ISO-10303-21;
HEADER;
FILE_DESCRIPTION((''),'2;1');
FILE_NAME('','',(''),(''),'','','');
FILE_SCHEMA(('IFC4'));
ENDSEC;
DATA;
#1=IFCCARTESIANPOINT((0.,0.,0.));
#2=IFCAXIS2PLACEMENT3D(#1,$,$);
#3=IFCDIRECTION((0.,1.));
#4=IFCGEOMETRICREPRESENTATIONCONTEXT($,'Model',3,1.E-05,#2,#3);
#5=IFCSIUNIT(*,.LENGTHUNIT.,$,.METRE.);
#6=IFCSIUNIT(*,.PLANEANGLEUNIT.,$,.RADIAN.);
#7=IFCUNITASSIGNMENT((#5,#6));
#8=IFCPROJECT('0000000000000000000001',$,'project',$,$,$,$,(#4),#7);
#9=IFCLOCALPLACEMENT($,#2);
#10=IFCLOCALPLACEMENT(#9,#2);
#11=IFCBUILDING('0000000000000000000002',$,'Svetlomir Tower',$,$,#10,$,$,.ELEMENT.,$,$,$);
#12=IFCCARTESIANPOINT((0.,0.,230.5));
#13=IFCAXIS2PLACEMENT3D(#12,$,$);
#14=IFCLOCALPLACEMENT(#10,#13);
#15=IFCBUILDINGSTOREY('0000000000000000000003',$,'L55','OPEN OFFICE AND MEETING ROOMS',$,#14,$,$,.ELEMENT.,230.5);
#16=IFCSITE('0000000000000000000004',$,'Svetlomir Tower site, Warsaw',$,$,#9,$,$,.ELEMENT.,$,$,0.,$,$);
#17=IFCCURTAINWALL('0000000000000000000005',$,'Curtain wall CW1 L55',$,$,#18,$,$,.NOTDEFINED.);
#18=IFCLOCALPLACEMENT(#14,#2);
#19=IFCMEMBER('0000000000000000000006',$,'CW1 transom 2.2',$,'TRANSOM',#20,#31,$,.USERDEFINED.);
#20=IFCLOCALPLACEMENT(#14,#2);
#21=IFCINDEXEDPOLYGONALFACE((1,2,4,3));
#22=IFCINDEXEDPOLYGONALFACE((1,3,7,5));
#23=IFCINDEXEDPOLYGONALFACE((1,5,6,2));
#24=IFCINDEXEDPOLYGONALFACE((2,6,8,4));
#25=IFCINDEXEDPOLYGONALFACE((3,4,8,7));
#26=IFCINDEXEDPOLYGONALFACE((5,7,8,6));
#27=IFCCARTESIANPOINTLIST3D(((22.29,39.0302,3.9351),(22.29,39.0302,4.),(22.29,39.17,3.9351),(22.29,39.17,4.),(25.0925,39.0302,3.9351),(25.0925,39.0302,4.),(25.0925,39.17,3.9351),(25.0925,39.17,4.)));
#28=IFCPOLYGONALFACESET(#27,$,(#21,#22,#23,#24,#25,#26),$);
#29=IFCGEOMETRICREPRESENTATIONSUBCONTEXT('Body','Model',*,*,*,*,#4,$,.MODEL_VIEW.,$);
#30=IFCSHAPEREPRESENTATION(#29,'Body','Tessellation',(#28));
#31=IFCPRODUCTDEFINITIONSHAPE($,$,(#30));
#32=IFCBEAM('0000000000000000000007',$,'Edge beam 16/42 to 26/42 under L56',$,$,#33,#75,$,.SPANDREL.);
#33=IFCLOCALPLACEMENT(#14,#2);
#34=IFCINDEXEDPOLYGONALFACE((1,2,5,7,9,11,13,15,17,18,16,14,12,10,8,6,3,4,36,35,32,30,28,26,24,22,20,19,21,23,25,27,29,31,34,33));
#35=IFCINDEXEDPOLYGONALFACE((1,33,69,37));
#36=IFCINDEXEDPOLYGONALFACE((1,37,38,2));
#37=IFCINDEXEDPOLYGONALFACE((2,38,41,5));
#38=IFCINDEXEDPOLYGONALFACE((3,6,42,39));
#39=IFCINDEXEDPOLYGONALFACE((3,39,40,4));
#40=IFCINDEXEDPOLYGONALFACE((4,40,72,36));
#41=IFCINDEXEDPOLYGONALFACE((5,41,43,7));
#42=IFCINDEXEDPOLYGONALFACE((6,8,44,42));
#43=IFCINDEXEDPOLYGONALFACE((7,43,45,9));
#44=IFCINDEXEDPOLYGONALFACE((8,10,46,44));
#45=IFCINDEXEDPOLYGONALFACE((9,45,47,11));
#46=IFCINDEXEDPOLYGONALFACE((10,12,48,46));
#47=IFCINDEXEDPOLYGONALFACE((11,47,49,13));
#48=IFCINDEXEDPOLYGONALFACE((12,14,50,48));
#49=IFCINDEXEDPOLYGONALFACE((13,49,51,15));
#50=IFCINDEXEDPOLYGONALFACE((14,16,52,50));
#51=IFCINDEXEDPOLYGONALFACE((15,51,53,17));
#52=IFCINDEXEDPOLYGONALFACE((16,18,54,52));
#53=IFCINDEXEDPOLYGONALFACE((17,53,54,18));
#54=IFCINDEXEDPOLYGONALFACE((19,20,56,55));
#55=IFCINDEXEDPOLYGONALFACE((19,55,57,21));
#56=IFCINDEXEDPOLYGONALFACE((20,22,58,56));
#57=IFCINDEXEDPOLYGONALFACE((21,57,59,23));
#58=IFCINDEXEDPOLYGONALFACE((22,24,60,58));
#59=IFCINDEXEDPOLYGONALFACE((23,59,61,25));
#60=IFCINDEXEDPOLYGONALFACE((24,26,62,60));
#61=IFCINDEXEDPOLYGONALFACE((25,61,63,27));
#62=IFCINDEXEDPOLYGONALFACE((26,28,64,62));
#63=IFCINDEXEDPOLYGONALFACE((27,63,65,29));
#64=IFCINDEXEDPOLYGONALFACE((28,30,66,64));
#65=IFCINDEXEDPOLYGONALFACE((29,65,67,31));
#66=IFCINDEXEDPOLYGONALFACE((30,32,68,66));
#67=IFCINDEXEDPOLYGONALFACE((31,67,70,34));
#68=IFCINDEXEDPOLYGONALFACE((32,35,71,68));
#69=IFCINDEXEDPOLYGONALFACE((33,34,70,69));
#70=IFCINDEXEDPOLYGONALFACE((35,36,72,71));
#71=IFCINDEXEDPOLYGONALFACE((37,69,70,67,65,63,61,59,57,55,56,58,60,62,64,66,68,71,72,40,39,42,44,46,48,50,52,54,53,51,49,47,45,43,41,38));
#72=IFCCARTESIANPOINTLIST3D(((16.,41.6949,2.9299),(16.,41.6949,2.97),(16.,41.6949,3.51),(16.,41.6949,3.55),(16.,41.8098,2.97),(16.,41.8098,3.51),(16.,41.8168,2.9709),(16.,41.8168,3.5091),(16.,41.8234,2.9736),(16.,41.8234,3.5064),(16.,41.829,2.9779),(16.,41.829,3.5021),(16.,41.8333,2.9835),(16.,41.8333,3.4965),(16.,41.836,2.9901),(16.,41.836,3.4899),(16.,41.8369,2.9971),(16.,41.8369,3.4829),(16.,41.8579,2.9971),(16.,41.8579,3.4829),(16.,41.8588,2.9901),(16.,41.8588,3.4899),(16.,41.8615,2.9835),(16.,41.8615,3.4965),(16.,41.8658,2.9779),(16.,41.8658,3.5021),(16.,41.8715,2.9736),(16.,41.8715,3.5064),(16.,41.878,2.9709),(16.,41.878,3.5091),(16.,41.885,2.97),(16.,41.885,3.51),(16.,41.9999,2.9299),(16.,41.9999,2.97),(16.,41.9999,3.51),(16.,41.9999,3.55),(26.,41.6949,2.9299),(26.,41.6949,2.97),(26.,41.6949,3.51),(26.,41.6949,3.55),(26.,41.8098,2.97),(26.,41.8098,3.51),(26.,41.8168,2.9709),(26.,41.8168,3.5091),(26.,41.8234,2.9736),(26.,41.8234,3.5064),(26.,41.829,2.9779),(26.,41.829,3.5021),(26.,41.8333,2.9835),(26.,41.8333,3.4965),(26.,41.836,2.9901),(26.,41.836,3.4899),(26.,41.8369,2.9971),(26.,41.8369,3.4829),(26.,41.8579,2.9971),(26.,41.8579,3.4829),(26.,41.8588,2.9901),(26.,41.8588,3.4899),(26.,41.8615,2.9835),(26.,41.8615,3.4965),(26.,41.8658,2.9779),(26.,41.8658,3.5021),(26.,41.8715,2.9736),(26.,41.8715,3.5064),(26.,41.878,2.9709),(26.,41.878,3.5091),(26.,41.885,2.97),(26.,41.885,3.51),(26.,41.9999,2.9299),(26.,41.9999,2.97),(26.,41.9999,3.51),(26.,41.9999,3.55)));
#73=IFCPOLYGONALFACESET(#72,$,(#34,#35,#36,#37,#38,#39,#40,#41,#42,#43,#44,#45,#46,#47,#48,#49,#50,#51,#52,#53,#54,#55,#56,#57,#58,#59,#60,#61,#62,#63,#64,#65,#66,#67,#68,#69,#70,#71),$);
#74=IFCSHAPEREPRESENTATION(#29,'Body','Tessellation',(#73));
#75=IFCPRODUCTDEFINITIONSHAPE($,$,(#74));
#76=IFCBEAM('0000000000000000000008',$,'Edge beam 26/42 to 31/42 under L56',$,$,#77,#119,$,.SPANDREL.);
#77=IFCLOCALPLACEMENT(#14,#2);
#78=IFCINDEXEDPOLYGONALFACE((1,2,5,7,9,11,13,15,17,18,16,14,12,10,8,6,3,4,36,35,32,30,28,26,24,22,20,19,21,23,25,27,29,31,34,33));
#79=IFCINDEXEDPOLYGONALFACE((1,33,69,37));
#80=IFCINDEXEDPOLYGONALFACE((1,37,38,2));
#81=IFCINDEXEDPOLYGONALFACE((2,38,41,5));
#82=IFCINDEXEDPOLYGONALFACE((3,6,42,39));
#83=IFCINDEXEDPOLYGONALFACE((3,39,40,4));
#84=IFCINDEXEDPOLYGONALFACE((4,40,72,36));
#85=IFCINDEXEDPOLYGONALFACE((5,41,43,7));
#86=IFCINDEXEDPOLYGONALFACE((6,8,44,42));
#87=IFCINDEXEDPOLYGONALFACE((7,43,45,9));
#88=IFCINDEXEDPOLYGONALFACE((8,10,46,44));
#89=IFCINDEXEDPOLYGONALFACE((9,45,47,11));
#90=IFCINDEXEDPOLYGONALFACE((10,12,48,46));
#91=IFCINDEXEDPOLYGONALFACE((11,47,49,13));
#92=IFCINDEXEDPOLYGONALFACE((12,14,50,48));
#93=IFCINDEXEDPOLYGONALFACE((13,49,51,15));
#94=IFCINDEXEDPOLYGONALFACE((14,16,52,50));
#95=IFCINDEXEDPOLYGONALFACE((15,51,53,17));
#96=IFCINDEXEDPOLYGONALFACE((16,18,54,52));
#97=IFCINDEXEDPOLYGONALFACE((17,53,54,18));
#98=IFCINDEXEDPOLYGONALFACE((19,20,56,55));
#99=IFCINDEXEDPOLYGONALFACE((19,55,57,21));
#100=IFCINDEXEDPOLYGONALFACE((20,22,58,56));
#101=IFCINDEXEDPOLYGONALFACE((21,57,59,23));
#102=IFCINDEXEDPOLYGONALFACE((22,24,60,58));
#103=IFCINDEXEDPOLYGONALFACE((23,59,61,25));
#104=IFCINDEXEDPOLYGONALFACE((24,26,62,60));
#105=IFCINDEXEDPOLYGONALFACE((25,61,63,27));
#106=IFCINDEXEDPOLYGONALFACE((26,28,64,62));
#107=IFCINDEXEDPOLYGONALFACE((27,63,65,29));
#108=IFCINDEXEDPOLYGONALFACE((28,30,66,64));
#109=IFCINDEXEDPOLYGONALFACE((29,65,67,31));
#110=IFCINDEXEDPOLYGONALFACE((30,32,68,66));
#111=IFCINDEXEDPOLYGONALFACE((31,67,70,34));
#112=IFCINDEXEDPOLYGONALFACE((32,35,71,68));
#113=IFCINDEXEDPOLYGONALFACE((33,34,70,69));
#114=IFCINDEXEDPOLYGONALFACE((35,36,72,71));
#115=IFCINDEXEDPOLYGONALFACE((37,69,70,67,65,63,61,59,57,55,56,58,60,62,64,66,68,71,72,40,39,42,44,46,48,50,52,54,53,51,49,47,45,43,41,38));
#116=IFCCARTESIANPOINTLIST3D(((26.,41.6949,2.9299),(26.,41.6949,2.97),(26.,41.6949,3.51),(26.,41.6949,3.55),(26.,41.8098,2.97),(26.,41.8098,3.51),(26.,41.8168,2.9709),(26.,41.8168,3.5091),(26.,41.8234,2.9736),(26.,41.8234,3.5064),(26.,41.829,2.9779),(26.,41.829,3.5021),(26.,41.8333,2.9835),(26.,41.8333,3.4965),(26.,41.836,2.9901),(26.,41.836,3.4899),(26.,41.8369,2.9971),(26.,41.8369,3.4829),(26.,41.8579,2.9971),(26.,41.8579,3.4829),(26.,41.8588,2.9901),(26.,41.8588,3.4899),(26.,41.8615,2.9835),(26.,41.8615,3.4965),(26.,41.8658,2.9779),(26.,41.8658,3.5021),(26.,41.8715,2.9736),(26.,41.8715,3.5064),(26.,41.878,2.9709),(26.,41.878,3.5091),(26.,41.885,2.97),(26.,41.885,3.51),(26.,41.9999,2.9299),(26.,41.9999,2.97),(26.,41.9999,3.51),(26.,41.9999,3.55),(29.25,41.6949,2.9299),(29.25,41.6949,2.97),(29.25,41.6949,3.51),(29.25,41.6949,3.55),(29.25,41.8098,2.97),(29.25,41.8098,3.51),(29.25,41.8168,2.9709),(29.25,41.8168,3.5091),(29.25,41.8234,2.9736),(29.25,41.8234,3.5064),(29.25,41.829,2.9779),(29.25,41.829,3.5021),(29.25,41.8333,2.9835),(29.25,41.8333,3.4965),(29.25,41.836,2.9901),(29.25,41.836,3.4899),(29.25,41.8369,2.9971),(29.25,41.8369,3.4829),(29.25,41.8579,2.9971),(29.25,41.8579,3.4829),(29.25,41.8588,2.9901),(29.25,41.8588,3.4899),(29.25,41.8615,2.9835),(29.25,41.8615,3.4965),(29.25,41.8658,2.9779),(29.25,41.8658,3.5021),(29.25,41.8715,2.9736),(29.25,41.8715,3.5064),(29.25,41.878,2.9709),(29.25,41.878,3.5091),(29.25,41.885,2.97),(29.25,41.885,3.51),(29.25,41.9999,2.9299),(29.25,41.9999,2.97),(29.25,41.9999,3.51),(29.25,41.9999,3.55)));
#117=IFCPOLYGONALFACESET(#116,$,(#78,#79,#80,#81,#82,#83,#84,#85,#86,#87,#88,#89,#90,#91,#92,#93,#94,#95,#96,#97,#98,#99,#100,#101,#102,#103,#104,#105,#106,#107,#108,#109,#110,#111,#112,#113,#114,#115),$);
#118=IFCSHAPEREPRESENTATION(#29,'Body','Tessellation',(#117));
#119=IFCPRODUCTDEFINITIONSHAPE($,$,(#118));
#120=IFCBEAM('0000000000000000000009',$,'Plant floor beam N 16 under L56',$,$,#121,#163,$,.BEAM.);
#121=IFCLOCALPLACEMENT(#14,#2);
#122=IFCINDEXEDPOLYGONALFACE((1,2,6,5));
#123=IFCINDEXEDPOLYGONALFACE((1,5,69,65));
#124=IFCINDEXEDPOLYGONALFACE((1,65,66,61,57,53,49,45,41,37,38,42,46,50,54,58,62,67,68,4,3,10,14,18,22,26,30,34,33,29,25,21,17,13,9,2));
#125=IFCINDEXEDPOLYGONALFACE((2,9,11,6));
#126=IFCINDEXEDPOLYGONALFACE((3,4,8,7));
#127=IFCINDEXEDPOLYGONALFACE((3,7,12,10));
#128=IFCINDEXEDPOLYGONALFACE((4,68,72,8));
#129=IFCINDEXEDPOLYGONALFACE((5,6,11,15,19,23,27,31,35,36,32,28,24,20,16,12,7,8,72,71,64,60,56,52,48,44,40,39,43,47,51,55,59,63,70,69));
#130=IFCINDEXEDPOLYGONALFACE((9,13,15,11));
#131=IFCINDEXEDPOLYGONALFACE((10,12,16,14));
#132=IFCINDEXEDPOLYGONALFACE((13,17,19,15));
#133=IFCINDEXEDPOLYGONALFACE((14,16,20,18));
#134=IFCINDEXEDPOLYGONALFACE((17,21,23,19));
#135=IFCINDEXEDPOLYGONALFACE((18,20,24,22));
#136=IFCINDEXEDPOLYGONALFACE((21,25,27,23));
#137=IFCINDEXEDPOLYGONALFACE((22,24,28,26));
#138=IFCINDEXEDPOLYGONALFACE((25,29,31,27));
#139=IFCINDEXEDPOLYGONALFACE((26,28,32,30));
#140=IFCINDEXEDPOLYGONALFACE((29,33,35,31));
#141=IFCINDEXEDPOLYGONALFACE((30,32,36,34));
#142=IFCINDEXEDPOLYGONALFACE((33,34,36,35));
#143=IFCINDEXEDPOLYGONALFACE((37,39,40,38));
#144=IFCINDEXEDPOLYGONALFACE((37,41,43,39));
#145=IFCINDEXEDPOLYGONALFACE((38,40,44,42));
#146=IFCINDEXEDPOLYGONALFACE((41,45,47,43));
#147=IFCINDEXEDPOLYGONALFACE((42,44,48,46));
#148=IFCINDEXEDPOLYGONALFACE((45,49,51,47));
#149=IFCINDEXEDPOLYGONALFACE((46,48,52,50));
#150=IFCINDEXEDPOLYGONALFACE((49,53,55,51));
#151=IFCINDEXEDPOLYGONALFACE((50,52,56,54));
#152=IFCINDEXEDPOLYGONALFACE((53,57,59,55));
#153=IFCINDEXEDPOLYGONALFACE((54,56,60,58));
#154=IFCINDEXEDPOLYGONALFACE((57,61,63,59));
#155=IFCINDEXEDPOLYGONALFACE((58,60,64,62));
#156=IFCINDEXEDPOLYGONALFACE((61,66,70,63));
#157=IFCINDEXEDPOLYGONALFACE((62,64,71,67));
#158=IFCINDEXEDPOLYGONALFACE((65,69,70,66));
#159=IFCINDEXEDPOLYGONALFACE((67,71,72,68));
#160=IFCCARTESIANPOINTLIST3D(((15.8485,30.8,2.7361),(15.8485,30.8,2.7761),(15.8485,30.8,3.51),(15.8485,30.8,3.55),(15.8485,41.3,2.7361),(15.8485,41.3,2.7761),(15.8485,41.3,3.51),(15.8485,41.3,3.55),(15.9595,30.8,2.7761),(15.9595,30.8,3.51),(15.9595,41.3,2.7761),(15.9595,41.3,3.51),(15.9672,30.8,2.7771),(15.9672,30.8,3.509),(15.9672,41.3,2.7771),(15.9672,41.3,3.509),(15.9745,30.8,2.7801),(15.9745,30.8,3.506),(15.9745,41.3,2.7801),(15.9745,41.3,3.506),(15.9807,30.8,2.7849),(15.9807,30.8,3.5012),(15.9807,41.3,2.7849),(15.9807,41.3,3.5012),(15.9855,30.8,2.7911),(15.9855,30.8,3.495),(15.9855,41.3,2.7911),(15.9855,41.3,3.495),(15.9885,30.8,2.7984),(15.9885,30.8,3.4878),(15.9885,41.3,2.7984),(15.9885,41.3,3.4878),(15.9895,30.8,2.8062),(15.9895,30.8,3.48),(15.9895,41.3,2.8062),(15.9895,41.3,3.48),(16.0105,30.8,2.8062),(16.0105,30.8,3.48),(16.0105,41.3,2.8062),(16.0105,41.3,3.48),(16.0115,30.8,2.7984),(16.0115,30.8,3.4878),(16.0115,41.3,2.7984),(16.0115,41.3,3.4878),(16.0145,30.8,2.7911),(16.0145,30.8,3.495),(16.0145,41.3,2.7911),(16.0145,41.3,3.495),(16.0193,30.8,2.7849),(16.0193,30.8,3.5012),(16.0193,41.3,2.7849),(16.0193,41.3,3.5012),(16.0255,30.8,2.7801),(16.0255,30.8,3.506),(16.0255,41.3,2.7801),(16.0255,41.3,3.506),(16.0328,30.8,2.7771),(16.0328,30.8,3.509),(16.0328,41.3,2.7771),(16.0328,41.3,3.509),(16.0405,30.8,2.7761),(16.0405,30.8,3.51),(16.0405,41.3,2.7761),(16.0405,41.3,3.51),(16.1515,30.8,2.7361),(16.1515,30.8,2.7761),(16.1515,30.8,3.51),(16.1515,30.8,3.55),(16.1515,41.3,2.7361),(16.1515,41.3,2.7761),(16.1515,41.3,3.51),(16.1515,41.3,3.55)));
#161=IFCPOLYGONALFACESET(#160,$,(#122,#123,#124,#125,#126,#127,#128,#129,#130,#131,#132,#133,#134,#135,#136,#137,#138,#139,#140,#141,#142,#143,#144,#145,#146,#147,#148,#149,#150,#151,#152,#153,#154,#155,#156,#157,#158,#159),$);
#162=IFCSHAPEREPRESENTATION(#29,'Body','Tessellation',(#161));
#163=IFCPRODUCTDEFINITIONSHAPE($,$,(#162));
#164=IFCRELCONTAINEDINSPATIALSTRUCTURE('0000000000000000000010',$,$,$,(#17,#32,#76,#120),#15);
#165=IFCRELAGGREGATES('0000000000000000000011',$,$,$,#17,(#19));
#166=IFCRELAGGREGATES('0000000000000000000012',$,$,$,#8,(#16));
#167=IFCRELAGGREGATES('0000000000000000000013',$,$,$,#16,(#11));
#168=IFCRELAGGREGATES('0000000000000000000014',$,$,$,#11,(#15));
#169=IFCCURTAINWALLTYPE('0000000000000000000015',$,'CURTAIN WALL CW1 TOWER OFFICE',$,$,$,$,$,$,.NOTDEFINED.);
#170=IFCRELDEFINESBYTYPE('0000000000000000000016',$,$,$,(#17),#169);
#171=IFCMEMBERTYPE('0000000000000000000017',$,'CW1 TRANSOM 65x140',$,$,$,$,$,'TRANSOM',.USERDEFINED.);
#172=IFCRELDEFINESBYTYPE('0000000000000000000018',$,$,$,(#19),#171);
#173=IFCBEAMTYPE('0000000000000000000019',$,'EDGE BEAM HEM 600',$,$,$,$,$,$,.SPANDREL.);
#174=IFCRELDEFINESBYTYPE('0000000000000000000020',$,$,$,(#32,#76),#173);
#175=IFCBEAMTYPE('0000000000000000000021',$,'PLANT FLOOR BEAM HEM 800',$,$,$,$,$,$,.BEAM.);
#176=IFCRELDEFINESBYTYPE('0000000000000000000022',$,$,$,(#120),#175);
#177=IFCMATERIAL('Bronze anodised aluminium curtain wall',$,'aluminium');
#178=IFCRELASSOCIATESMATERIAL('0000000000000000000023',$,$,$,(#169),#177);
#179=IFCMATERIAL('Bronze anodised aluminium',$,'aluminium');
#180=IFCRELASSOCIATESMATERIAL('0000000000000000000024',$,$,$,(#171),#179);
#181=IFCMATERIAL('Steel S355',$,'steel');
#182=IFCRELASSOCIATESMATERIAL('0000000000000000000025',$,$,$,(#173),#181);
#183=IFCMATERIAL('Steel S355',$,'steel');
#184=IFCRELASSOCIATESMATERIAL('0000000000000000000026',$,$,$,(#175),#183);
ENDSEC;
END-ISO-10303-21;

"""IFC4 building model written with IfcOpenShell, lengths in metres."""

from ifc_helpers import new_model, si_unit, direction, frame, origin, origin_2d, place, context, subcontext, project, spatial, rectangle, i_section, extrude, material, material_profile, profile_set, type_object, element, aggregate, save


model = new_model("IFC4")

# Units and contexts
model_context = context("Model", 3, precision=1e-05, world=origin(), true_north=direction((0.0, 1.0)))
body_context = subcontext(model_context, "Body", "Model", "MODEL_VIEW")
ifc_project = project(units=[si_unit("LENGTHUNIT", "METRE"), si_unit("PLANEANGLEUNIT", "RADIAN")], contexts=[model_context])

# Site, building, storey
site_placement = place(None, origin())
site = spatial("IfcSite", under=ifc_project, at=site_placement, Name="Svetlomir Tower site, Warsaw", CompositionType="ELEMENT", RefElevation=0.0)
building_placement = place(site_placement, origin())
building = spatial("IfcBuilding", under=site, at=building_placement, Name="Svetlomir Tower", CompositionType="ELEMENT")
storey_placement = place(building_placement, frame((0.0, 0.0, 230.5)))
storey = spatial("IfcBuildingStorey", under=building, at=storey_placement, Name="L55", Description="OPEN OFFICE AND MEETING ROOMS", CompositionType="ELEMENT", Elevation=230.5)

# Curtain wall
ifc_material_1 = material(Name="Bronze anodised aluminium curtain wall", Category="aluminium")
curtain_wall_type = type_object("IfcCurtainWallType", Name="CURTAIN WALL CW1 TOWER OFFICE", PredefinedType="NOTDEFINED", material=ifc_material_1)
curtain_wall_1_placement = place(storey_placement, origin())
curtain_wall_1 = element("IfcCurtainWall", 1, at=curtain_wall_1_placement, inside=storey, type_object=curtain_wall_type, Name="Curtain wall CW1 L55", PredefinedType="NOTDEFINED")

# Member
ifc_material_2 = material(Name="Bronze anodised aluminium", Category="aluminium")
ifc_material_profile_1 = material_profile(ifc_material_2, rectangle(XDim=0.1399, YDim=0.0649, at=origin_2d()), Name="AL 140x65")
ifc_profile_set_1 = profile_set([ifc_material_profile_1], Name="Bronze anodised aluminium 6063-T6")
member_type_1 = type_object("IfcMemberType", Name="CW1 TRANSOM 65x140", ElementType="TRANSOM", PredefinedType="USERDEFINED", material=ifc_profile_set_1)
member_1_placement = place(storey_placement, frame((25.0925, 39.1001, 3.9675), z_axis=(-1.0, 0.0, 0.0), x_axis=(0.0, -1.0, 0.0)))
member_1 = element("IfcMember", 2, at=member_1_placement, type_object=member_type_1, Name="CW1 transom 2.2", ObjectType="TRANSOM", PredefinedType="USERDEFINED", context=body_context, shape_type="SweptSolid", body=[
    extrude(rectangle(XDim=0.1399, YDim=0.0649, at=origin_2d()), origin(), (0.0, 0.0, 1.0), 2.8025),
])

# Beams
ifc_material_3 = material(Name="Steel S355", Category="steel")
ifc_material_profile_2 = material_profile(ifc_material_3, i_section(OverallWidth=0.3049, OverallDepth=0.6201, WebThickness=0.021, FlangeThickness=0.04, FilletRadius=0.0271, at=origin_2d()), Name="HEM 600")
ifc_profile_set_2 = profile_set([ifc_material_profile_2], Name="Steel S355")
beam_type_1 = type_object("IfcBeamType", Name="EDGE BEAM HEM 600", PredefinedType="SPANDREL", material=ifc_profile_set_2)
beam_1_placement = place(storey_placement, frame((16.0, 41.8474, 3.24), z_axis=(1.0, 0.0, 0.0), x_axis=(0.0, 1.0, 0.0)))
element("IfcBeam", 3, at=beam_1_placement, inside=storey, type_object=beam_type_1, Name="Edge beam 16/42 to 26/42 under L56", PredefinedType="SPANDREL", context=body_context, shape_type="SweptSolid", body=[
    extrude(i_section(OverallWidth=0.3049, OverallDepth=0.6201, WebThickness=0.021, FlangeThickness=0.04, FilletRadius=0.0271, at=origin_2d()), origin(), (0.0, 0.0, 1.0), 10.0),
])
beam_2_placement = place(storey_placement, frame((26.0, 41.8474, 3.24), z_axis=(1.0, 0.0, 0.0), x_axis=(0.0, 1.0, 0.0)))
element("IfcBeam", 4, at=beam_2_placement, inside=storey, type_object=beam_type_1, Name="Edge beam 26/42 to 31/42 under L56", PredefinedType="SPANDREL", context=body_context, shape_type="SweptSolid", body=[
    extrude(i_section(OverallWidth=0.3049, OverallDepth=0.6201, WebThickness=0.021, FlangeThickness=0.04, FilletRadius=0.0271, at=origin_2d()), origin(), (0.0, 0.0, 1.0), 3.25),
])
ifc_material_4 = material(Name="Steel S355", Category="steel")
ifc_material_profile_3 = material_profile(ifc_material_4, i_section(OverallWidth=0.303, OverallDepth=0.814, WebThickness=0.021, FlangeThickness=0.04, FilletRadius=0.03, at=origin_2d()), Name="HEM 800")
ifc_profile_set_3 = profile_set([ifc_material_profile_3], Name="Steel S355")
beam_type_2 = type_object("IfcBeamType", Name="PLANT FLOOR BEAM HEM 800", PredefinedType="BEAM", material=ifc_profile_set_3)
for number, where, z_axis, x_axis, name in (
    (5, (16.0, 41.3, 3.1431), (0.0, -1.0, 0.0), (1.0, 0.0, 0.0), "Plant floor beam N 16 under L56"),
):
    element("IfcBeam", number, at=place(storey_placement, frame(where, z_axis=z_axis, x_axis=x_axis)), inside=storey, type_object=beam_type_2, Name=name, PredefinedType="BEAM", context=body_context, shape_type="SweptSolid", body=[
        extrude(i_section(OverallWidth=0.303, OverallDepth=0.814, WebThickness=0.021, FlangeThickness=0.04, FilletRadius=0.03, at=origin_2d()), origin(), (0.0, 0.0, 1.0), 10.5),
    ])

aggregate(curtain_wall_1, [member_1])

save(model, "model.ifc")
